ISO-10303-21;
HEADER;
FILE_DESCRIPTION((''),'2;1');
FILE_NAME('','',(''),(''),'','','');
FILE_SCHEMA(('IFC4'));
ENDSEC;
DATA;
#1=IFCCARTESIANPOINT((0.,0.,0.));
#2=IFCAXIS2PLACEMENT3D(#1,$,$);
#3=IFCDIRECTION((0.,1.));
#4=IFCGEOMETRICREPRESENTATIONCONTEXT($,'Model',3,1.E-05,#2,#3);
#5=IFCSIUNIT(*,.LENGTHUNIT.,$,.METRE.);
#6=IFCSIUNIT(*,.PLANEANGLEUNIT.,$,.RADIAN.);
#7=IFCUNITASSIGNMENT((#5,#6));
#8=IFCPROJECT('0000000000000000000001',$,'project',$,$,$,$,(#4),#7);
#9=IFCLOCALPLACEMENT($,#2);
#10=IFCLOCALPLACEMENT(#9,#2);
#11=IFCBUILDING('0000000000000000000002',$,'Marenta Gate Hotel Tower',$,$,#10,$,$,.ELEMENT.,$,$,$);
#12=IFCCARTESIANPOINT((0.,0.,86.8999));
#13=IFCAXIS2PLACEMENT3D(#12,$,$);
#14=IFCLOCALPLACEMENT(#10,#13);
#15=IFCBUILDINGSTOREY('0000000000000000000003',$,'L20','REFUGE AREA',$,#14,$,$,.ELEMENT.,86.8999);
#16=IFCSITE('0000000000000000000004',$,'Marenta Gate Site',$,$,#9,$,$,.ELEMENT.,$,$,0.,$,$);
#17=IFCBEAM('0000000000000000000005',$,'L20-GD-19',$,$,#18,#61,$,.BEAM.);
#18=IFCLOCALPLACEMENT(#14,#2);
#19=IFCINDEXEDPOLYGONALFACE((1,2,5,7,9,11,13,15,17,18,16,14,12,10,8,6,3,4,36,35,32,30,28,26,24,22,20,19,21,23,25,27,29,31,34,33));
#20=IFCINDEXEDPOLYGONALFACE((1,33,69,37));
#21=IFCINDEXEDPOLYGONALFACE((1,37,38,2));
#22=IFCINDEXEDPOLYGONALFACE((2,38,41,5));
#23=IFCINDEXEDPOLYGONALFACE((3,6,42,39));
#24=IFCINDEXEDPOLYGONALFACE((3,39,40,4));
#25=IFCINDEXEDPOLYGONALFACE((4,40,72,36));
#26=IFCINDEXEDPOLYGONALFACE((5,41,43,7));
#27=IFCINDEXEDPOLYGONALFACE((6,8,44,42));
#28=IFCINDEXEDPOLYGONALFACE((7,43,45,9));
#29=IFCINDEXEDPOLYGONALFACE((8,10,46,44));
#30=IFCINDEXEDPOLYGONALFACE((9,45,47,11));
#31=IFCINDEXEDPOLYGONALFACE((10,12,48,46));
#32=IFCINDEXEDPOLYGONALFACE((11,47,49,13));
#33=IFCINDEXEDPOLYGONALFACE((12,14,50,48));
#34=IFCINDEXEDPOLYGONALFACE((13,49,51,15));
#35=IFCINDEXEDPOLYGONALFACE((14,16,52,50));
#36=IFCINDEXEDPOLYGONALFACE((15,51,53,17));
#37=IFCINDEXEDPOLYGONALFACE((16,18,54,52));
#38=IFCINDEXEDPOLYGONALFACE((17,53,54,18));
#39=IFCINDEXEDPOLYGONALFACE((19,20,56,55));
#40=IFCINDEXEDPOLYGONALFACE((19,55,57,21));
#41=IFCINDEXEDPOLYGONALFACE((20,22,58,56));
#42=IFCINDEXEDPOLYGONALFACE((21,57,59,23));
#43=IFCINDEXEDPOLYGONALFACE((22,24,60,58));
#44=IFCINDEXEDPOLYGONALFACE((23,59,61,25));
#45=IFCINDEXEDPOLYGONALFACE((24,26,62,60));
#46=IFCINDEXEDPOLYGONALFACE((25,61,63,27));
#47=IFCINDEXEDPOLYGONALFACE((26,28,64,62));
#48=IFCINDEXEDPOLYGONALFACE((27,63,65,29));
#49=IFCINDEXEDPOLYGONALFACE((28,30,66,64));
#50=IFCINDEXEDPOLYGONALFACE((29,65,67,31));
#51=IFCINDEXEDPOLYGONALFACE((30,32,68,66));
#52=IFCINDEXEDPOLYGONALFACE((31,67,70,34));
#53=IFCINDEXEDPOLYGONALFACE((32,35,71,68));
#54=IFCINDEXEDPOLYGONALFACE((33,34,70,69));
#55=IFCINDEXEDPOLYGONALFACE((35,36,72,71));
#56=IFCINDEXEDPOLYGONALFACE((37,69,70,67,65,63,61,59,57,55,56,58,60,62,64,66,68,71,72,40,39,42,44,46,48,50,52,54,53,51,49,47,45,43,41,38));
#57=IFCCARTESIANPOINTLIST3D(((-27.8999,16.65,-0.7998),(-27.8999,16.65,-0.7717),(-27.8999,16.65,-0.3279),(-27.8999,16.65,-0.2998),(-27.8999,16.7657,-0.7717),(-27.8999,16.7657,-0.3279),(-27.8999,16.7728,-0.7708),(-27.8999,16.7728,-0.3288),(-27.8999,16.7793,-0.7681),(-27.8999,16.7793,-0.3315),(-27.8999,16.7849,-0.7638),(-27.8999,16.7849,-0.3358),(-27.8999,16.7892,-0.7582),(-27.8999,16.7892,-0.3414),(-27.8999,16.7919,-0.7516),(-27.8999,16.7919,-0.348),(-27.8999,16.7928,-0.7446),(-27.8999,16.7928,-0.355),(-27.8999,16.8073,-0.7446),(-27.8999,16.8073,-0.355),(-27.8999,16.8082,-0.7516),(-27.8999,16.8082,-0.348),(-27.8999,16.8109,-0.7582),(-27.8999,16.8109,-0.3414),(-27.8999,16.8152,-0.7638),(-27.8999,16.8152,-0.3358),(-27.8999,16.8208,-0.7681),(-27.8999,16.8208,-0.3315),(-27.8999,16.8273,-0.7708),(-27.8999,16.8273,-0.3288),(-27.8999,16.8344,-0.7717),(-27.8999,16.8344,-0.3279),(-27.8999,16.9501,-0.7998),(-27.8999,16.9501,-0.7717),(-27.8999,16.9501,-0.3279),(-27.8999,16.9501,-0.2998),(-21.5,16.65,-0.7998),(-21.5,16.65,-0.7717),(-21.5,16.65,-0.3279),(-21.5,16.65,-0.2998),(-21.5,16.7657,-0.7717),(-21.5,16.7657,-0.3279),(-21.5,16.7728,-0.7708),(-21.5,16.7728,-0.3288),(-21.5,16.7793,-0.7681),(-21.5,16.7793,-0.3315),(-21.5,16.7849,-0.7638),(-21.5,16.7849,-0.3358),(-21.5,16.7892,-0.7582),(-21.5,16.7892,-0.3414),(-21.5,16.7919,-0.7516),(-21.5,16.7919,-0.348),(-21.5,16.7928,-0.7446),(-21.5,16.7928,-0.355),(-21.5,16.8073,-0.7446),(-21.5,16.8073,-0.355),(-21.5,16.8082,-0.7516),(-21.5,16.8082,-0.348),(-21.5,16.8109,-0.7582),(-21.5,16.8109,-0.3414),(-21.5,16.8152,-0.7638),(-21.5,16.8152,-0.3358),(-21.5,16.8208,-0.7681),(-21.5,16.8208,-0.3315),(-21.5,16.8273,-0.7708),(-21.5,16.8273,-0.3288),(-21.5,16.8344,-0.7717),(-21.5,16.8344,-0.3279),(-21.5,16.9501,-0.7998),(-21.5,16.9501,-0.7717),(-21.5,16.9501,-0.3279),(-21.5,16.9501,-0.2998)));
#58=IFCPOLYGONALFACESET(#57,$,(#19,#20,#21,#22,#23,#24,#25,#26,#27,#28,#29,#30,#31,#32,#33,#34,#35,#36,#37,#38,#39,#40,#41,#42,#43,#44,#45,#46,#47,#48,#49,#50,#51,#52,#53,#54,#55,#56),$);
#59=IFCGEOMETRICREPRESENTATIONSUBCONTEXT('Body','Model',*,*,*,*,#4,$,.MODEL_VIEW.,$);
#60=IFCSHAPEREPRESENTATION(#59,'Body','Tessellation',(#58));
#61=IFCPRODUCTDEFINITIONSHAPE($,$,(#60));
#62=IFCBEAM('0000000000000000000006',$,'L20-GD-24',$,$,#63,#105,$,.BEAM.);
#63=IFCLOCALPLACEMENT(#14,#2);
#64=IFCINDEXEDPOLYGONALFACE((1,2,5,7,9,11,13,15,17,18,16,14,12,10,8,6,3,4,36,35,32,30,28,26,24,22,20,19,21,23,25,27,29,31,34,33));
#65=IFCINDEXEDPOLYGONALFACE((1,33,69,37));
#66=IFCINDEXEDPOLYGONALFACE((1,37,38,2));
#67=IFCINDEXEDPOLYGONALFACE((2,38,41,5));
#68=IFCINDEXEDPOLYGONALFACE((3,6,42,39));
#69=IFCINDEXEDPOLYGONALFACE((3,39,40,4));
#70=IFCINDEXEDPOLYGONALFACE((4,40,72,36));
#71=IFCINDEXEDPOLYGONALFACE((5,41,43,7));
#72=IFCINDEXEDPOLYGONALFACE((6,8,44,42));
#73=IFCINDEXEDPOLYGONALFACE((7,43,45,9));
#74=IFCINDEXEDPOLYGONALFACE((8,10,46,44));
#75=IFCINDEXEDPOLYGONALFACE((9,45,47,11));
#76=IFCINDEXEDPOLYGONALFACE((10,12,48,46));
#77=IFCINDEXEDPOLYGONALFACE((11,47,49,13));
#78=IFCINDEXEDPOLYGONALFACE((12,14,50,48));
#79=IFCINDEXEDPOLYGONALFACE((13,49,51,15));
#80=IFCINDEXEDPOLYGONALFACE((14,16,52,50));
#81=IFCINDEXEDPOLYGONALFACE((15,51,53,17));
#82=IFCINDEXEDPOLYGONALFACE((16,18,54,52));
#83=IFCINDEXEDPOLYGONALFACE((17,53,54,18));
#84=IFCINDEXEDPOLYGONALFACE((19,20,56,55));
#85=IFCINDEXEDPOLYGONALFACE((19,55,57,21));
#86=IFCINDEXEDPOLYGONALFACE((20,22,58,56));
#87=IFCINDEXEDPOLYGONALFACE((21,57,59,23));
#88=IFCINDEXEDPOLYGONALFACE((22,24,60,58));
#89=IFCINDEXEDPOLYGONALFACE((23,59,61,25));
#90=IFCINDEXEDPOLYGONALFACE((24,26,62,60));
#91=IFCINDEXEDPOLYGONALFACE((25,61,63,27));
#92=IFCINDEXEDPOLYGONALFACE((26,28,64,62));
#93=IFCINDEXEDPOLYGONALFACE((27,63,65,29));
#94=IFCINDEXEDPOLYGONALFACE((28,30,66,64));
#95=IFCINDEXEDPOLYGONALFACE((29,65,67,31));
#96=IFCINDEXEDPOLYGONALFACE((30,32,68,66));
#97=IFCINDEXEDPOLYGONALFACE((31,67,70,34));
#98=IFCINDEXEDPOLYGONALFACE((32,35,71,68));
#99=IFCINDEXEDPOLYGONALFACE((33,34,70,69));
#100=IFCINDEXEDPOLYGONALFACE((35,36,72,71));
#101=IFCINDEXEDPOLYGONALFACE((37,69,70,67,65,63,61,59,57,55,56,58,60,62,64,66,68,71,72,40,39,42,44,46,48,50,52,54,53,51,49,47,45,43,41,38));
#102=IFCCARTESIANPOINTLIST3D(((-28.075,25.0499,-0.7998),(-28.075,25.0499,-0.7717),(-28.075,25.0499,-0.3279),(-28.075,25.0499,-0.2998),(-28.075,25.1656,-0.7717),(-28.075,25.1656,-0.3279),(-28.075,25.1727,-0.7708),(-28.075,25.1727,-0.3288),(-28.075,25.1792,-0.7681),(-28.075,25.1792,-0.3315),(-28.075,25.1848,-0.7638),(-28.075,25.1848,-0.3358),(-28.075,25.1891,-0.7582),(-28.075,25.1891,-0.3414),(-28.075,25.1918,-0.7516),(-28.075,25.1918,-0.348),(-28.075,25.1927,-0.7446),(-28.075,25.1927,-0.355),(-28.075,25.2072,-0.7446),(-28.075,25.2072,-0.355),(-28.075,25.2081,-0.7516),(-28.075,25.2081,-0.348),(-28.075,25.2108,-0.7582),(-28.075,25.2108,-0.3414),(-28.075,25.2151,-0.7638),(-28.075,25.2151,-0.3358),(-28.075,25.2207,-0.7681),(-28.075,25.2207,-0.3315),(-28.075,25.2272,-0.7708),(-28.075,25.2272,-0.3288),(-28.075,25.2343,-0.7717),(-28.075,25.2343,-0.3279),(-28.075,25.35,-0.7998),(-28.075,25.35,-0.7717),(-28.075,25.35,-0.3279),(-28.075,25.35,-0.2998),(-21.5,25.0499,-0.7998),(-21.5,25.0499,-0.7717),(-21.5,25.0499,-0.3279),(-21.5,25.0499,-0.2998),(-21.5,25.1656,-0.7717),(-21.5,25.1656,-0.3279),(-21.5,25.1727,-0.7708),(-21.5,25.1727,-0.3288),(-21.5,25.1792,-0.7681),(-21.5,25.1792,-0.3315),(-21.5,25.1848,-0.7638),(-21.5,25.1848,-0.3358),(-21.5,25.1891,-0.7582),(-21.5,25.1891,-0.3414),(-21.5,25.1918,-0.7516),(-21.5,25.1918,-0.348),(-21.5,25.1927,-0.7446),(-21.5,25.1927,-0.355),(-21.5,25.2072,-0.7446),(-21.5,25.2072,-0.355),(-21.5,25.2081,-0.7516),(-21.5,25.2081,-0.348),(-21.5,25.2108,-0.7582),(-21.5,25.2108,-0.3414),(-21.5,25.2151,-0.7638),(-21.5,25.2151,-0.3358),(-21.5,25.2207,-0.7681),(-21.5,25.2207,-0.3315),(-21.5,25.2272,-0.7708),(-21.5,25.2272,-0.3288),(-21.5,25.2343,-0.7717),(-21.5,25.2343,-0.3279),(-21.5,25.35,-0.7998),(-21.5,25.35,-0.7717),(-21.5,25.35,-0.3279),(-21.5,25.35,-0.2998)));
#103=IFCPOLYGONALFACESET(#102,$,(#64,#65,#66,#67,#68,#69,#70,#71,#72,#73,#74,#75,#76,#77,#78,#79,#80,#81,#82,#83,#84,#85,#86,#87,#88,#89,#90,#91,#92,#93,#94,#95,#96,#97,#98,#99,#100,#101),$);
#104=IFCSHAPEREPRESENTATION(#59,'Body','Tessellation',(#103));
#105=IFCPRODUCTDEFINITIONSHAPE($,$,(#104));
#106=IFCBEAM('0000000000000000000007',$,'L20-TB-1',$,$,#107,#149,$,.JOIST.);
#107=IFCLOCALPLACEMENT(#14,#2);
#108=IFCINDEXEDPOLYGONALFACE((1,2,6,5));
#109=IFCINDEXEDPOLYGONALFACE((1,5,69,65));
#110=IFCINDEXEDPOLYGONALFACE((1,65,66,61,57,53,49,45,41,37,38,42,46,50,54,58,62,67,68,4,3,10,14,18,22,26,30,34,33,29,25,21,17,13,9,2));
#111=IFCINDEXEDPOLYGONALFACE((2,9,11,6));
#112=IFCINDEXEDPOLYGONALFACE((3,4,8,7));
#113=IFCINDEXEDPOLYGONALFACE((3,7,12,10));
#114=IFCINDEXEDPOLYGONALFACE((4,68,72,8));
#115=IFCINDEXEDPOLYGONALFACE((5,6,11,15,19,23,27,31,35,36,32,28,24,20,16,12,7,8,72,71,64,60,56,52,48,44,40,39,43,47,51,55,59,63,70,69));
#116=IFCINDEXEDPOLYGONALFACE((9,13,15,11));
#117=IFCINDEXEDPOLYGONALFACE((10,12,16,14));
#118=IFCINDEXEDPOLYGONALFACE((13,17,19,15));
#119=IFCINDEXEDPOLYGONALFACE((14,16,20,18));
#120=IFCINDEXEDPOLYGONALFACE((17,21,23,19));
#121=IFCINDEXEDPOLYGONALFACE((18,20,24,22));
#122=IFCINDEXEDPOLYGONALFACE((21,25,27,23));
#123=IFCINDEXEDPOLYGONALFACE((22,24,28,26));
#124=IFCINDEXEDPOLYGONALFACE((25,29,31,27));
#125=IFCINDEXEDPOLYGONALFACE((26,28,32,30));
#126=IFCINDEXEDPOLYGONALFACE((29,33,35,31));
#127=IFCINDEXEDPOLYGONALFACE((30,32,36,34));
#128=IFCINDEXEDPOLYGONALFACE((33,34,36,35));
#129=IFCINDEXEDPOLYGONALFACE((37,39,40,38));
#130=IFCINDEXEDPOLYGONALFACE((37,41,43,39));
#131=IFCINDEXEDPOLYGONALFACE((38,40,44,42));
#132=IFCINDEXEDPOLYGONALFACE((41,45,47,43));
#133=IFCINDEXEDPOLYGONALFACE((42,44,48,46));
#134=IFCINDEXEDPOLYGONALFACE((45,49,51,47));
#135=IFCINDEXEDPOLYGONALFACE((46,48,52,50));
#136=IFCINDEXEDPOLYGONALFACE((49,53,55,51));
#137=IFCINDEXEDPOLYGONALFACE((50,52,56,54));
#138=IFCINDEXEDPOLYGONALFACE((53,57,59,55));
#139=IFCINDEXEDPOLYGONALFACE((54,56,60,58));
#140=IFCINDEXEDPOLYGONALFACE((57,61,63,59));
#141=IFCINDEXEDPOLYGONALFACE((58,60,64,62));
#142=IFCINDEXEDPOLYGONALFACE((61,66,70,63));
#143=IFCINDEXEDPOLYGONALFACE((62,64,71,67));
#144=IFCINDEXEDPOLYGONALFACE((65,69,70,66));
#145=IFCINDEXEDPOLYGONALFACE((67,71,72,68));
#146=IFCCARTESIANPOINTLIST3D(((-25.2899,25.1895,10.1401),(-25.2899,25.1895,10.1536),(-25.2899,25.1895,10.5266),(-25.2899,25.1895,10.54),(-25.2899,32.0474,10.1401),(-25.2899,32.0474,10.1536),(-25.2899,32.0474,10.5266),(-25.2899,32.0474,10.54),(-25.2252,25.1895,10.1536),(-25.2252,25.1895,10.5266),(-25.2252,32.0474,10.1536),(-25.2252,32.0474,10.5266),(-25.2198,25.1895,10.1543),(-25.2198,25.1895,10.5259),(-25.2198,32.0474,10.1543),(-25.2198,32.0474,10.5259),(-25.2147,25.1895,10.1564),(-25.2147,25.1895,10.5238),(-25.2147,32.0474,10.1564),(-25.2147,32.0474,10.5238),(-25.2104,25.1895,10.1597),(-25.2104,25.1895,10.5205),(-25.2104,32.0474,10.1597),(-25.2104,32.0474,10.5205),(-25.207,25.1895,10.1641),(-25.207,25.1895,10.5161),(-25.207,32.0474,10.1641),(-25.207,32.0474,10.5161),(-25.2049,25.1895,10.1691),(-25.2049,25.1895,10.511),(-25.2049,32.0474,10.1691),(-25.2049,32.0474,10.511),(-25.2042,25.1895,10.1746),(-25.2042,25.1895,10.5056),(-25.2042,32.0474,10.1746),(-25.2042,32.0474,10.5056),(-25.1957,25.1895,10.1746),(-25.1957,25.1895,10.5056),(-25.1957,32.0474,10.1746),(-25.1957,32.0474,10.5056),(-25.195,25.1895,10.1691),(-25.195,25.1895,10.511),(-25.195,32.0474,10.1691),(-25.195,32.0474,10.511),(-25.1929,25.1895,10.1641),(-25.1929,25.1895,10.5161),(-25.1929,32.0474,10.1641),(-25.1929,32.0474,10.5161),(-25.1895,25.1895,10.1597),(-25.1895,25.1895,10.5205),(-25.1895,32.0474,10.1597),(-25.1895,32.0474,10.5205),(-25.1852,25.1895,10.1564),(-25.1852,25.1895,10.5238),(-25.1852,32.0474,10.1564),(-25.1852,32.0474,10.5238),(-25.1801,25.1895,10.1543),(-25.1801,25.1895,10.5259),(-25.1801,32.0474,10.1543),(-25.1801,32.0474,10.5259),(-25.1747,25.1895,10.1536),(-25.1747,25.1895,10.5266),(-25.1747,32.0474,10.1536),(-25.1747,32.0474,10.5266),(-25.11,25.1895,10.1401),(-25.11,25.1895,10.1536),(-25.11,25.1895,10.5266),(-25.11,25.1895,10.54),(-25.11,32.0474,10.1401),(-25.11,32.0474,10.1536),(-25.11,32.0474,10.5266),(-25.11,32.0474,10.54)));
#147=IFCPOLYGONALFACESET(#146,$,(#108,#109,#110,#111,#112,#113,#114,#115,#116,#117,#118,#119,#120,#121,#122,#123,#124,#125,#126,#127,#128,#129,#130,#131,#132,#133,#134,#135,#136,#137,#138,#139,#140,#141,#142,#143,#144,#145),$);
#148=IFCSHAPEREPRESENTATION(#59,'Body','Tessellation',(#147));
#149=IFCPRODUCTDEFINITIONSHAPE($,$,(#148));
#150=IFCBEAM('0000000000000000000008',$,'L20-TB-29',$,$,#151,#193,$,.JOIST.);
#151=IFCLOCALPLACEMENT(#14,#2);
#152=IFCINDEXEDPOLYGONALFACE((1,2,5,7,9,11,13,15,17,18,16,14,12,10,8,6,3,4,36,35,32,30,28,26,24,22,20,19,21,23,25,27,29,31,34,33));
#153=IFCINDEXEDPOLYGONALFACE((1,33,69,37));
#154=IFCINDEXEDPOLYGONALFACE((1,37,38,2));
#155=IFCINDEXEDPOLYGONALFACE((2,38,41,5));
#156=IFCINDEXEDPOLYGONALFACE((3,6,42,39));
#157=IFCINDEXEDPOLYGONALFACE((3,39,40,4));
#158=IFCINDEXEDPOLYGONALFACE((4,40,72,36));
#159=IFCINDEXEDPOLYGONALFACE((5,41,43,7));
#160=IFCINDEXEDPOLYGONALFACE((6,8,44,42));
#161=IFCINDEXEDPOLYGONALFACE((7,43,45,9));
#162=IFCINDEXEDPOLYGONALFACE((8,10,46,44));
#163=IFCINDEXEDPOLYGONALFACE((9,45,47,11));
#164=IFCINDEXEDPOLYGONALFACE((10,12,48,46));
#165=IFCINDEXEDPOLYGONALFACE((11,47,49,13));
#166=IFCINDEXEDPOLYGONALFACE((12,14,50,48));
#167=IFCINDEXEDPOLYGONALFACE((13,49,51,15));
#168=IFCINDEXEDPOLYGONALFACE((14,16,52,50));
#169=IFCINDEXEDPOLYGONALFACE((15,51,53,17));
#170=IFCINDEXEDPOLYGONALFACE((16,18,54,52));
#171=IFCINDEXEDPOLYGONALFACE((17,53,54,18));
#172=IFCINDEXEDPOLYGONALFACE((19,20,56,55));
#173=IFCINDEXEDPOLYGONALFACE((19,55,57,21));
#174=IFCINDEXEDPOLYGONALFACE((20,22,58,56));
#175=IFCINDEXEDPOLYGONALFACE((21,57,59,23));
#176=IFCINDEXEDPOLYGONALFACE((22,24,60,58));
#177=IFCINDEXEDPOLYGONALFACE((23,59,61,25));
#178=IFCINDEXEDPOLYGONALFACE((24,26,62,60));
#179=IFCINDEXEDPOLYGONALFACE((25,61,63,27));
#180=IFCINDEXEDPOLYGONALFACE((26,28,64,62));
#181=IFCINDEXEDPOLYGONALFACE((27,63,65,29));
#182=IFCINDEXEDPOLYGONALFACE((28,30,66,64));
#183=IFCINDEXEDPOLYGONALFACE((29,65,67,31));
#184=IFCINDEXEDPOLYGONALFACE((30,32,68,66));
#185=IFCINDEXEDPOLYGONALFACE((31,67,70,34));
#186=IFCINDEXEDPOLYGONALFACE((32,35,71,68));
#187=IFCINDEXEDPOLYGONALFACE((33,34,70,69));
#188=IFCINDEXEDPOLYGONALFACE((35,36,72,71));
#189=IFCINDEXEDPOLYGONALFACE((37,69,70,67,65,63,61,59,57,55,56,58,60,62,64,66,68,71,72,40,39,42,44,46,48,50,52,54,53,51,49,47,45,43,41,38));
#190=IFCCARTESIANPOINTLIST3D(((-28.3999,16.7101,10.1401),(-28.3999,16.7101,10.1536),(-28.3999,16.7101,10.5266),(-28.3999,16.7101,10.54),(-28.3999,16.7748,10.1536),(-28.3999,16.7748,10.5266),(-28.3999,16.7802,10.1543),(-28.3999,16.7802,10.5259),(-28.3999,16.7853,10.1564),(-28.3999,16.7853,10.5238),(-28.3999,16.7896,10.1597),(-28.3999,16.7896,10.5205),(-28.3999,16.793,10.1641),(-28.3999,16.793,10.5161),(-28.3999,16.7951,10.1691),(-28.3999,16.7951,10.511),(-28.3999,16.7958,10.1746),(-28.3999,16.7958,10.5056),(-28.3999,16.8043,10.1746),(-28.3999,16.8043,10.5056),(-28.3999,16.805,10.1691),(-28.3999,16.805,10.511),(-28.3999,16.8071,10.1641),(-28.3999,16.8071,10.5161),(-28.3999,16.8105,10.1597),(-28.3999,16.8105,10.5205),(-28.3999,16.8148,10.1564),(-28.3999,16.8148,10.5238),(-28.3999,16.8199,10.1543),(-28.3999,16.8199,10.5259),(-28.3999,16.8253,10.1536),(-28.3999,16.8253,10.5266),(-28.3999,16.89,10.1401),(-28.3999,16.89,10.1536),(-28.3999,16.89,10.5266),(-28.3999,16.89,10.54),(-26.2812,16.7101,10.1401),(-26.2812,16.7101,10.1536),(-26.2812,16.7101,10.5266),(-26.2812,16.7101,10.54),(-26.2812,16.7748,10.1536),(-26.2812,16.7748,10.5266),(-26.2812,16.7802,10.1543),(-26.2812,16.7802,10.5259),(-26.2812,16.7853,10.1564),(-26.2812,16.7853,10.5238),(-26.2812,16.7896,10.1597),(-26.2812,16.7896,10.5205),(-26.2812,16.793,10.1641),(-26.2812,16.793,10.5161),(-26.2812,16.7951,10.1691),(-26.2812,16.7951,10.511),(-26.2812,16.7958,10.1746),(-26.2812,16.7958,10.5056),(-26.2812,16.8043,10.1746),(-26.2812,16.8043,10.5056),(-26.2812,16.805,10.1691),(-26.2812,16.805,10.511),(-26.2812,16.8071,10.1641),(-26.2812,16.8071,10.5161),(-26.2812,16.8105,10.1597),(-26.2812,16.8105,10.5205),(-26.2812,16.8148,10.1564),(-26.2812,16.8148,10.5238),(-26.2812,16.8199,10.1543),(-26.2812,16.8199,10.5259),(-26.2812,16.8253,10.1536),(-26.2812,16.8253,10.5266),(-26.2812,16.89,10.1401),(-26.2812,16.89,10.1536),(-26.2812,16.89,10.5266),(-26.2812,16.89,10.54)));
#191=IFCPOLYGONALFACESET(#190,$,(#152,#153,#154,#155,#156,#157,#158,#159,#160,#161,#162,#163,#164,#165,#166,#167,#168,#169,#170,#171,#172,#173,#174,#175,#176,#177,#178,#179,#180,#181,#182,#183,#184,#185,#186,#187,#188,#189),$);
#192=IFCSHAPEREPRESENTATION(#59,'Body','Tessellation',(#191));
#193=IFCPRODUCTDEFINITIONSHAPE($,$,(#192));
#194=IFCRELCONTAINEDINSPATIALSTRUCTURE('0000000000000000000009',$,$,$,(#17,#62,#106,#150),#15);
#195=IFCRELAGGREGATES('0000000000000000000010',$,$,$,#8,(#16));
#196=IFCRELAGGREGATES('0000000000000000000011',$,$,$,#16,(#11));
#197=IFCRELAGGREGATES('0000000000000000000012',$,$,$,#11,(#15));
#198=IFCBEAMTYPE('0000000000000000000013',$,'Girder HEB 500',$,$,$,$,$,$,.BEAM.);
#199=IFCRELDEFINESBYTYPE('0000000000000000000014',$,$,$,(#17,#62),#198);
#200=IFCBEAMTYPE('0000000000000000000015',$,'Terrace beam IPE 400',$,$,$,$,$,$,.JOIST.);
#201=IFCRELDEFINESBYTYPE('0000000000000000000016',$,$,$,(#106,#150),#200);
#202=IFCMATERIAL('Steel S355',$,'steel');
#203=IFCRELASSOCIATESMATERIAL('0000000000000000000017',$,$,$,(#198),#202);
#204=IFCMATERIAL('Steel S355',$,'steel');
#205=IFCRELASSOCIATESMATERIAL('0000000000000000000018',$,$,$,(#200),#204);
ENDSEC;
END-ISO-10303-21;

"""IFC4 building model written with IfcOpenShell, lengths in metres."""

from ifc_helpers import new_model, si_unit, direction, frame, origin, origin_2d, place, context, subcontext, project, spatial, i_section, extrude, material, material_profile, profile_set, type_object, element, save


model = new_model("IFC4")

# Units and contexts
model_context = context("Model", 3, precision=1e-05, world=origin(), true_north=direction((0.0, 1.0)))
body_context = subcontext(model_context, "Body", "Model", "MODEL_VIEW")
ifc_project = project(units=[si_unit("LENGTHUNIT", "METRE"), si_unit("PLANEANGLEUNIT", "RADIAN")], contexts=[model_context])

# Site, building, storey
site_placement = place(None, origin())
site = spatial("IfcSite", under=ifc_project, at=site_placement, Name="Marenta Gate Site", CompositionType="ELEMENT", RefElevation=0.0)
building_placement = place(site_placement, origin())
building = spatial("IfcBuilding", under=site, at=building_placement, Name="Marenta Gate Hotel Tower", CompositionType="ELEMENT")
storey_placement = place(building_placement, frame((0.0, 0.0, 86.8999)))
storey = spatial("IfcBuildingStorey", under=building, at=storey_placement, Name="L20", Description="REFUGE AREA", CompositionType="ELEMENT", Elevation=86.8999)

# Beams
ifc_material_1 = material(Name="Steel S355", Category="steel")
ifc_material_profile_1 = material_profile(ifc_material_1, i_section(OverallWidth=0.3, OverallDepth=0.5, WebThickness=0.0144, FlangeThickness=0.0281, FilletRadius=0.0271, at=origin_2d()), Name="HEB 500")
ifc_profile_set_1 = profile_set([ifc_material_profile_1], Name="Steel S355")
beam_type_1 = type_object("IfcBeamType", Name="Girder HEB 500", PredefinedType="BEAM", material=ifc_profile_set_1)
beam_1_placement = place(storey_placement, frame((-27.8999, 16.8, -0.5498), z_axis=(1.0, 0.0, 0.0), x_axis=(0.0, 1.0, 0.0)))
element("IfcBeam", 1, at=beam_1_placement, inside=storey, type_object=beam_type_1, Name="L20-GD-19", PredefinedType="BEAM", context=body_context, shape_type="SweptSolid", body=[
    extrude(i_section(OverallWidth=0.3, OverallDepth=0.5, WebThickness=0.0144, FlangeThickness=0.0281, FilletRadius=0.0271, at=origin_2d()), origin(), (0.0, 0.0, 1.0), 6.3999),
])
beam_2_placement = place(storey_placement, frame((-28.075, 25.2, -0.5498), z_axis=(1.0, 0.0, 0.0), x_axis=(0.0, 1.0, 0.0)))
element("IfcBeam", 2, at=beam_2_placement, inside=storey, type_object=beam_type_1, Name="L20-GD-24", PredefinedType="BEAM", context=body_context, shape_type="SweptSolid", body=[
    extrude(i_section(OverallWidth=0.3, OverallDepth=0.5, WebThickness=0.0144, FlangeThickness=0.0281, FilletRadius=0.0271, at=origin_2d()), origin(), (0.0, 0.0, 1.0), 6.575),
])
ifc_material_2 = material(Name="Steel S355", Category="steel")
ifc_material_profile_2 = material_profile(ifc_material_2, i_section(OverallWidth=0.1799, OverallDepth=0.3999, WebThickness=0.0085, FlangeThickness=0.0134, FilletRadius=0.021, at=origin_2d()), Name="IPE 400")
ifc_profile_set_2 = profile_set([ifc_material_profile_2], Name="Steel S355")
beam_type_2 = type_object("IfcBeamType", Name="Terrace beam IPE 400", PredefinedType="JOIST", material=ifc_profile_set_2)
beam_3_placement = place(storey_placement, frame((-25.2, 25.1895, 10.3401), z_axis=(0.0, 1.0, 0.0), x_axis=(-1.0, 0.0, 0.0)))
element("IfcBeam", 3, at=beam_3_placement, inside=storey, type_object=beam_type_2, Name="L20-TB-1", PredefinedType="JOIST", context=body_context, shape_type="SweptSolid", body=[
    extrude(i_section(OverallWidth=0.1799, OverallDepth=0.3999, WebThickness=0.0085, FlangeThickness=0.0134, FilletRadius=0.021, at=origin_2d()), origin(), (0.0, 0.0, 1.0), 6.8579),
])
beam_4_placement = place(storey_placement, frame((-28.3999, 16.8, 10.3401), z_axis=(1.0, 0.0, 0.0), x_axis=(0.0, 1.0, 0.0)))
element("IfcBeam", 4, at=beam_4_placement, inside=storey, type_object=beam_type_2, Name="L20-TB-29", PredefinedType="JOIST", context=body_context, shape_type="SweptSolid", body=[
    extrude(i_section(OverallWidth=0.1799, OverallDepth=0.3999, WebThickness=0.0085, FlangeThickness=0.0134, FilletRadius=0.021, at=origin_2d()), origin(), (0.0, 0.0, 1.0), 2.1187),
])

save(model, "model.ifc")
